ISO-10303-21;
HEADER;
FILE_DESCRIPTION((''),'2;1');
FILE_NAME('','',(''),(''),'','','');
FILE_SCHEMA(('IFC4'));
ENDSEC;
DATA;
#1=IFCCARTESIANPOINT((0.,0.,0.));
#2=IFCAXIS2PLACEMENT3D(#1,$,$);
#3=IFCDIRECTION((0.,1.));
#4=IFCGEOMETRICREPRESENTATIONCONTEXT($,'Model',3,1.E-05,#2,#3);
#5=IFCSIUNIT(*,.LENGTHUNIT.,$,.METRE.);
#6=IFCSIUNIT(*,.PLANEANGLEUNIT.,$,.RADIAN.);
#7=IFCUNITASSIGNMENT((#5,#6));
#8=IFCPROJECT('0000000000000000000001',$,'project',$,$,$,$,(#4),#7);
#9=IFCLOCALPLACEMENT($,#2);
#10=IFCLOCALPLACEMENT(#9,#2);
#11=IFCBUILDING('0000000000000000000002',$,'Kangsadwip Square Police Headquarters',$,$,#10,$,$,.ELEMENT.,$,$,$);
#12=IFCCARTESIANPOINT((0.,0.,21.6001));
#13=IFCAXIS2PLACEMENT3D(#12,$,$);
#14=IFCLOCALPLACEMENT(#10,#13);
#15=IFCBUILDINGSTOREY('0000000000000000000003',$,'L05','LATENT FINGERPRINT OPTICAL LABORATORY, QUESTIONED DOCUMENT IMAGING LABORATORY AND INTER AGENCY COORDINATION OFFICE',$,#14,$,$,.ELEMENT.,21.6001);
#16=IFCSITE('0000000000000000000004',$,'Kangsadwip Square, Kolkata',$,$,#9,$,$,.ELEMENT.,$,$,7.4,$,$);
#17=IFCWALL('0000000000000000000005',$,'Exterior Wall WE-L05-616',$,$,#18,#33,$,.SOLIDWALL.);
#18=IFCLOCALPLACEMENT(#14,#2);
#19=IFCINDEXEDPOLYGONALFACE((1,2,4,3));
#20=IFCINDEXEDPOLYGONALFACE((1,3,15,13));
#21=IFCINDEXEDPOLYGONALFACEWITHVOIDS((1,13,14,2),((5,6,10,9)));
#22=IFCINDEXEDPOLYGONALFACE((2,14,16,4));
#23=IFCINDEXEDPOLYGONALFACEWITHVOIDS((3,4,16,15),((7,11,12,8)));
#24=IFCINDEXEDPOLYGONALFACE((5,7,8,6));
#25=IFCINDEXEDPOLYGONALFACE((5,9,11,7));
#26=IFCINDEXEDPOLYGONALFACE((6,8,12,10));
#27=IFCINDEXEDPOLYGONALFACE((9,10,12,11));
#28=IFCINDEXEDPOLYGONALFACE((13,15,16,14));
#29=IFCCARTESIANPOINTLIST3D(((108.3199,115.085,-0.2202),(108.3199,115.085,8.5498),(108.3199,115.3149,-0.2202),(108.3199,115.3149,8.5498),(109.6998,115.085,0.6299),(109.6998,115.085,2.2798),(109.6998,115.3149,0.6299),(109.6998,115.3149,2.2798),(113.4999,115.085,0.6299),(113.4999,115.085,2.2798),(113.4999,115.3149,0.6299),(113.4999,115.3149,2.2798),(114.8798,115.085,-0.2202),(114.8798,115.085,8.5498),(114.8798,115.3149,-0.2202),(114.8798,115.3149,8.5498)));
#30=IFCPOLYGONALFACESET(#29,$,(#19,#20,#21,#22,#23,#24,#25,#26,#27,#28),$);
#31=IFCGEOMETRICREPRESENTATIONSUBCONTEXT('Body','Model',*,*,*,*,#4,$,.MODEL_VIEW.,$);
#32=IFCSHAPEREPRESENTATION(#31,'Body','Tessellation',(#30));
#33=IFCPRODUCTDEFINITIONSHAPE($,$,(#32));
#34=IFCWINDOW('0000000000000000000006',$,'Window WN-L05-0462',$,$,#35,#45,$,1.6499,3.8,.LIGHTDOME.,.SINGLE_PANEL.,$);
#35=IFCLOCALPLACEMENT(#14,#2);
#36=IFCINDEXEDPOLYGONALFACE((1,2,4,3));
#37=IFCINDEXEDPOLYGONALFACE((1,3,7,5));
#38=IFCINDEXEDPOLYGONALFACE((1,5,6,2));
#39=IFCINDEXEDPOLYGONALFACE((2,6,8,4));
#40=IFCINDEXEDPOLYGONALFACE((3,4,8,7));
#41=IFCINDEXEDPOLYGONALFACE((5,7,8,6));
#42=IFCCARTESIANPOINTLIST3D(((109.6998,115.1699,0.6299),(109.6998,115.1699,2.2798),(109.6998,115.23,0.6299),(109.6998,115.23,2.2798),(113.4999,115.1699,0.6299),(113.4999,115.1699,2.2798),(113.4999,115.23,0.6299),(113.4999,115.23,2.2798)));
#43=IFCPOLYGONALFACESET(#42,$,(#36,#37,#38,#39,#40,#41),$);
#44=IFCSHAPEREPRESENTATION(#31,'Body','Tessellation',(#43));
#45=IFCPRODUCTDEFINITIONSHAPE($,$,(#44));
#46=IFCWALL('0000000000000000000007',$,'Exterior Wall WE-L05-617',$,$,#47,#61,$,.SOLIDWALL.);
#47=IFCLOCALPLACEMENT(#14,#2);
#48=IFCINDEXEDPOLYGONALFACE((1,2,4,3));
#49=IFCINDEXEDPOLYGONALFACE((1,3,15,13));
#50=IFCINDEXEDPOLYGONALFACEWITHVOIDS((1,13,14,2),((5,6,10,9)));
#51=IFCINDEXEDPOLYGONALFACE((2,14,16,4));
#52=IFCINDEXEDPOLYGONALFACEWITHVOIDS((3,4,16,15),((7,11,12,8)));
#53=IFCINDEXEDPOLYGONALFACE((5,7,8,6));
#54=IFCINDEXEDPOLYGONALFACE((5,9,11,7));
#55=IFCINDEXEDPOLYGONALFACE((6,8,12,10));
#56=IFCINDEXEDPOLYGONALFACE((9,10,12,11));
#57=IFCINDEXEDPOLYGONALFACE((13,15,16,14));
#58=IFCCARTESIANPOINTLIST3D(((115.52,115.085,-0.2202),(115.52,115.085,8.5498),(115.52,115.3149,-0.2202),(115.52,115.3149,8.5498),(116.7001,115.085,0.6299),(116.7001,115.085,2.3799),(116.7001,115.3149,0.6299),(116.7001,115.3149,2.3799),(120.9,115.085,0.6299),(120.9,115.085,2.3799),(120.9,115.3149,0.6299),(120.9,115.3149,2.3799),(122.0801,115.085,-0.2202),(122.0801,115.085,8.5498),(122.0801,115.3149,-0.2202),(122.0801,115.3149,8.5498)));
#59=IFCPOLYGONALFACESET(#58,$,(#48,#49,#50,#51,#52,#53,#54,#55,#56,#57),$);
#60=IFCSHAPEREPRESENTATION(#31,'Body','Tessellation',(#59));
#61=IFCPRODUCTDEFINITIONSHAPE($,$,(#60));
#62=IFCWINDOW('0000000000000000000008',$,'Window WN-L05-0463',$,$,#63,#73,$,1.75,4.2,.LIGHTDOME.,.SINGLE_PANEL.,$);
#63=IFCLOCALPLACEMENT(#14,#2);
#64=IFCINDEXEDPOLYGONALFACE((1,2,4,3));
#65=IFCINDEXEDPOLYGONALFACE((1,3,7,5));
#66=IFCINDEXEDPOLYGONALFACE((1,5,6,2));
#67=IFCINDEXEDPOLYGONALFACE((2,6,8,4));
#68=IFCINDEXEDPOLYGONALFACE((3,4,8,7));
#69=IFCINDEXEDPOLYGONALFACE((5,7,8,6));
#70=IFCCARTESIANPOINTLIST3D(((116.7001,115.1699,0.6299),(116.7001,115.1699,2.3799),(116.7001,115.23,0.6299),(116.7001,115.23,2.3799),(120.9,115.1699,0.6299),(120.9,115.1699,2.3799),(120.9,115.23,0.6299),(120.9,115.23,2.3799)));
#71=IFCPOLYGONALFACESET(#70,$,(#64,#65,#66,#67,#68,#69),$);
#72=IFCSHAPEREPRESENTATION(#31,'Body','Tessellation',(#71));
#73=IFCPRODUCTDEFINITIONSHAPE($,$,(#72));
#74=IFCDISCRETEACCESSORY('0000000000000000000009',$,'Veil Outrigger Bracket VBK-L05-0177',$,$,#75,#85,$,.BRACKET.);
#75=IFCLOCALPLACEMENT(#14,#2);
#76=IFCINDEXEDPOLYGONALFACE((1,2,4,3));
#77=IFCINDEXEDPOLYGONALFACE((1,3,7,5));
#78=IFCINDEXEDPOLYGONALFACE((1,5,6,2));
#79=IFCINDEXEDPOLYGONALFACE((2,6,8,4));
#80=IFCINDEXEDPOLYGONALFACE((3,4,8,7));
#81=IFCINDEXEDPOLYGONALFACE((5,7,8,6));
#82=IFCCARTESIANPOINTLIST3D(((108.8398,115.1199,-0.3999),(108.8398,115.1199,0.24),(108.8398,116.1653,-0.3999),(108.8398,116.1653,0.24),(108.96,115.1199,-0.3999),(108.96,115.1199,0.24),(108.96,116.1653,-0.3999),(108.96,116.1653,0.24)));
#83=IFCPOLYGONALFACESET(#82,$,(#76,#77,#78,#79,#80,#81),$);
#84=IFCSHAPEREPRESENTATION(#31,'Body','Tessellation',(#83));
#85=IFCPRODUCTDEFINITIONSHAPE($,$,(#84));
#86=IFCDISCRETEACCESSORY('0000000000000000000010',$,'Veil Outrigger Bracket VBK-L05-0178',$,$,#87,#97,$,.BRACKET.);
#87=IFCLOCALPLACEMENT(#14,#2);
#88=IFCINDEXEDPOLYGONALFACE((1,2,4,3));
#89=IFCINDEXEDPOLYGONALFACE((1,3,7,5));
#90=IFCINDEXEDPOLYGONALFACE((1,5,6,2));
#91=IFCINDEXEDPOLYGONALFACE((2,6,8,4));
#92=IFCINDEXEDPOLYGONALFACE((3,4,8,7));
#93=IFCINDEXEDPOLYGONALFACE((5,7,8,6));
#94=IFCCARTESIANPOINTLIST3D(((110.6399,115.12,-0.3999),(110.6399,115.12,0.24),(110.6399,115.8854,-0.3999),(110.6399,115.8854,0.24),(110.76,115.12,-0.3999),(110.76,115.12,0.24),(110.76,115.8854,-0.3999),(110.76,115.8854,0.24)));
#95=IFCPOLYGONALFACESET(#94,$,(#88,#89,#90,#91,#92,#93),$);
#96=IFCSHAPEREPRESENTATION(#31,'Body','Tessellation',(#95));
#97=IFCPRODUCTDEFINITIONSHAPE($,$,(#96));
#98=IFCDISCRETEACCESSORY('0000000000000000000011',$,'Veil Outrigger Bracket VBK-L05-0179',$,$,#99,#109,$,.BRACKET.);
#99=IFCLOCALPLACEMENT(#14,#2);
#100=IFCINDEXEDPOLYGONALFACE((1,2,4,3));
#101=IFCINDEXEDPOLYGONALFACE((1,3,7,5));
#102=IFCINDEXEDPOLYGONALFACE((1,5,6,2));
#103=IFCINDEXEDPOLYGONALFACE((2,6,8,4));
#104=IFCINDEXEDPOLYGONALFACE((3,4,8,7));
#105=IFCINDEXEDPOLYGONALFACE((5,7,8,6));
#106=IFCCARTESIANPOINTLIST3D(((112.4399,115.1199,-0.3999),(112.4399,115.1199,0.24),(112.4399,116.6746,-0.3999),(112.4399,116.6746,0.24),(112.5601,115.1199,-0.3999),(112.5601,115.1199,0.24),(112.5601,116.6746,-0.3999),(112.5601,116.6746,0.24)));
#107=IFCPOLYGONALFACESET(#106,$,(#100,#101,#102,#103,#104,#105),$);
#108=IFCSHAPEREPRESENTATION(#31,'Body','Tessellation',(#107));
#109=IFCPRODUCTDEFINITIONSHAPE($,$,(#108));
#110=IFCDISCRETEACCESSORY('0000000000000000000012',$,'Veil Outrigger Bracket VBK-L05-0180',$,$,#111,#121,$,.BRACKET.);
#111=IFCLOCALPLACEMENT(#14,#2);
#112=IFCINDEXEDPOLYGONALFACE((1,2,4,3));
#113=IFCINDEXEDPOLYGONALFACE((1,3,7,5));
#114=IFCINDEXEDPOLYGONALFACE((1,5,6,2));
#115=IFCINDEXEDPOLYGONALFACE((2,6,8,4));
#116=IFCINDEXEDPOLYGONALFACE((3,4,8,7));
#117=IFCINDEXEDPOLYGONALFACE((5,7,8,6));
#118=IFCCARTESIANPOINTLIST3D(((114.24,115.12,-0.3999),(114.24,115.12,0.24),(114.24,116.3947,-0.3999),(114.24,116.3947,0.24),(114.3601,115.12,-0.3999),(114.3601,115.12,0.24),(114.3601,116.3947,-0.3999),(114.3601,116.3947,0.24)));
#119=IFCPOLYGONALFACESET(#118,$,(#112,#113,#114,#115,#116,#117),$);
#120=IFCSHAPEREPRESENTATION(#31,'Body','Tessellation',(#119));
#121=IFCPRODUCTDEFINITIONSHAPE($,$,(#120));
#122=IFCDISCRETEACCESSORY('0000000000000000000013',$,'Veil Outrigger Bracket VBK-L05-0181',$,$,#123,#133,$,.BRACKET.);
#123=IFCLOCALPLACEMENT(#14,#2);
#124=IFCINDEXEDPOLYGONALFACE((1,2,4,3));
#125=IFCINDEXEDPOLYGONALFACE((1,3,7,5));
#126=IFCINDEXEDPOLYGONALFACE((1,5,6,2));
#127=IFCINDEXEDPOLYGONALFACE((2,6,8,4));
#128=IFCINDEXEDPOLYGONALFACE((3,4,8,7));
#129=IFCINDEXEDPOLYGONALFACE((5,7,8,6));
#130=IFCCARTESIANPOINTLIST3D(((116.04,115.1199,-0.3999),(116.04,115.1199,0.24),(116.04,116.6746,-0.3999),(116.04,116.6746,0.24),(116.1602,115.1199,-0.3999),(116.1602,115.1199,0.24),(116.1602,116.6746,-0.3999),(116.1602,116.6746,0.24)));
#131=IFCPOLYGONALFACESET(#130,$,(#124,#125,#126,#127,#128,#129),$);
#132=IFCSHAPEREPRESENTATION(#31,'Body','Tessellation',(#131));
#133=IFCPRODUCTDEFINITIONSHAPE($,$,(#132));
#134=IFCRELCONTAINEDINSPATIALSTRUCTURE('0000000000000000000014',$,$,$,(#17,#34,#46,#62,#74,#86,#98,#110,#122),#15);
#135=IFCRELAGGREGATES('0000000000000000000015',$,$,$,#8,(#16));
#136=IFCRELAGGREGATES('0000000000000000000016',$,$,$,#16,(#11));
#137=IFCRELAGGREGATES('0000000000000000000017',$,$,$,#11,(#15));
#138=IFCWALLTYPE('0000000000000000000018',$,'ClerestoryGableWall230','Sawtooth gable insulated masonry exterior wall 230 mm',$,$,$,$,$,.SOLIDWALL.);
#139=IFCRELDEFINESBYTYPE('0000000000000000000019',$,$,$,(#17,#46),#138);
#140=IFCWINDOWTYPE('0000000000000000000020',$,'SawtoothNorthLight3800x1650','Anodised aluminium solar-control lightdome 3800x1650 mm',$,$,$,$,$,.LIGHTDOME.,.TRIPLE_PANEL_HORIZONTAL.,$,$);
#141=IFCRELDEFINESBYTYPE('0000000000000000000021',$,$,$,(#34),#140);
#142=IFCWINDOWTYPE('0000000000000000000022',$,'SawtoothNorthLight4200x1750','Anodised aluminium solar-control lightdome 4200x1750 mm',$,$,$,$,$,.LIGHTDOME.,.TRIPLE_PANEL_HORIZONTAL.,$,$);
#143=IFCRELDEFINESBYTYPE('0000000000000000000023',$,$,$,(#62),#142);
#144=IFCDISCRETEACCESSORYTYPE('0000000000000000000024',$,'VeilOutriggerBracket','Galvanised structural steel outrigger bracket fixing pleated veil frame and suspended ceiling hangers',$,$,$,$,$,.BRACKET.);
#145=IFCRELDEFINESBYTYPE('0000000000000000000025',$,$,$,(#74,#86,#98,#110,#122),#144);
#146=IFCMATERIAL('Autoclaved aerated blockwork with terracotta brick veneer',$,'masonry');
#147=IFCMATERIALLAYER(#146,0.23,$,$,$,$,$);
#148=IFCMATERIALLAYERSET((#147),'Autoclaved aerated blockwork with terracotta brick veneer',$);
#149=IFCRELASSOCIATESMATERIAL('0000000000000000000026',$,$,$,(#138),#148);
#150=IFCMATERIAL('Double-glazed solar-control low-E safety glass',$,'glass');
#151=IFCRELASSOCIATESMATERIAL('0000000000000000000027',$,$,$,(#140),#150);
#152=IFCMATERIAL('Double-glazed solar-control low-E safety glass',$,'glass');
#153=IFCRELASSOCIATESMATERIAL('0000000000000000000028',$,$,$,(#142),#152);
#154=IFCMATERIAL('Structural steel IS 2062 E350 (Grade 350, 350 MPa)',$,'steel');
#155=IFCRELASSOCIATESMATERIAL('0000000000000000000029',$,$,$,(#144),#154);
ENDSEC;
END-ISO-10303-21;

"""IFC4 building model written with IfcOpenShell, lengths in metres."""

from ifc_helpers import new_model, si_unit, direction, frame, frame_2d, origin, origin_2d, place, context, subcontext, project, spatial, rectangle, extrude, material, layer, layer_set, type_object, element, fill, save


model = new_model("IFC4")

# Units and contexts
model_context = context("Model", 3, precision=1e-05, world=origin(), true_north=direction((0.0, 1.0)))
body_context = subcontext(model_context, "Body", "Model", "MODEL_VIEW")
ifc_project = project(units=[si_unit("LENGTHUNIT", "METRE"), si_unit("PLANEANGLEUNIT", "RADIAN")], contexts=[model_context])

# Site, building, storey
site_placement = place(None, origin())
site = spatial("IfcSite", under=ifc_project, at=site_placement, Name="Kangsadwip Square, Kolkata", CompositionType="ELEMENT", RefElevation=7.4)
building_placement = place(site_placement, origin())
building = spatial("IfcBuilding", under=site, at=building_placement, Name="Kangsadwip Square Police Headquarters", CompositionType="ELEMENT")
storey_placement = place(building_placement, frame((0.0, 0.0, 21.6001)))
storey = spatial("IfcBuildingStorey", under=building, at=storey_placement, Name="L05", Description="LATENT FINGERPRINT OPTICAL LABORATORY, QUESTIONED DOCUMENT IMAGING LABORATORY AND INTER AGENCY COORDINATION OFFICE", CompositionType="ELEMENT", Elevation=21.6001)

# Walls, openings, windows
ifc_material_1 = material(Name="Autoclaved aerated blockwork with terracotta brick veneer", Category="masonry")
ifc_layer_1 = layer(ifc_material_1, 0.23)
ifc_layer_set_1 = layer_set([ifc_layer_1], Name="Autoclaved aerated blockwork with terracotta brick veneer")
wall_type = type_object("IfcWallType", Name="ClerestoryGableWall230", Description="Sawtooth gable insulated masonry exterior wall 230 mm", PredefinedType="SOLIDWALL", material=ifc_layer_set_1)
wall_1_placement = place(storey_placement, frame((108.3201, 115.2, -0.2202), z_axis=(0.0, 0.0, 1.0), x_axis=(1.0, 0.0, 0.0)))
wall_1 = element("IfcWall", 1, at=wall_1_placement, inside=storey, type_object=wall_type, Name="Exterior Wall WE-L05-616", PredefinedType="SOLIDWALL", context=body_context, shape_type="SweptSolid", body=[
    extrude(rectangle(XDim=6.5598, YDim=0.23, at=frame_2d((3.2798, 0.0))), origin(), (0.0, 0.0, 1.0), 8.77),
])
opening_1_placement = place(wall_1_placement, frame((1.3799, 0.0, 0.8501)))
opening_1 = element("IfcOpeningElement", 2, at=opening_1_placement, cuts=wall_1, PredefinedType="OPENING", context=body_context, shape_type="SweptSolid", body=[
    extrude(rectangle(XDim=3.8, YDim=1.6499, at=frame_2d((1.8999, 0.825))), frame((0.0, 0.125, 0.0), z_axis=(0.0, -1.0, 0.0), x_axis=(1.0, 0.0, 0.0)), (0.0, 0.0, 1.0), 0.25),
])
ifc_material_2 = material(Name="Double-glazed solar-control low-E safety glass", Category="glass")
window_type_1 = type_object("IfcWindowType", Name="SawtoothNorthLight3800x1650", Description="Anodised aluminium solar-control lightdome 3800x1650 mm", PartitioningType="TRIPLE_PANEL_HORIZONTAL", PredefinedType="LIGHTDOME", material=ifc_material_2)
window_1_placement = place(opening_1_placement, origin())
window_1 = element("IfcWindow", 3, at=window_1_placement, inside=storey, type_object=window_type_1, Name="Window WN-L05-0462", OverallHeight=1.6499, OverallWidth=3.8, PartitioningType="SINGLE_PANEL", PredefinedType="LIGHTDOME", context=body_context, shape_type="SweptSolid", body=[
    extrude(rectangle(XDim=3.8, YDim=1.6499, at=frame_2d((1.8999, 0.825))), frame((0.0, 0.03, 0.0), z_axis=(0.0, -1.0, 0.0), x_axis=(1.0, 0.0, 0.0)), (0.0, 0.0, 1.0), 0.0601),
])
fill(opening_1, window_1)
wall_2_placement = place(storey_placement, frame((115.52, 115.2, -0.2202), z_axis=(0.0, 0.0, 1.0), x_axis=(1.0, 0.0, 0.0)))
wall_2 = element("IfcWall", 4, at=wall_2_placement, inside=storey, type_object=wall_type, Name="Exterior Wall WE-L05-617", PredefinedType="SOLIDWALL", context=body_context, shape_type="SweptSolid", body=[
    extrude(rectangle(XDim=6.5601, YDim=0.23, at=frame_2d((3.28, 0.0))), origin(), (0.0, 0.0, 1.0), 8.77),
])
opening_2_placement = place(wall_2_placement, frame((1.1799, 0.0, 0.8501)))
opening_2 = element("IfcOpeningElement", 5, at=opening_2_placement, cuts=wall_2, PredefinedType="OPENING", context=body_context, shape_type="SweptSolid", body=[
    extrude(rectangle(XDim=4.2, YDim=1.75, at=frame_2d((2.1001, 0.875))), frame((0.0, 0.125, 0.0), z_axis=(0.0, -1.0, 0.0), x_axis=(1.0, 0.0, 0.0)), (0.0, 0.0, 1.0), 0.25),
])
ifc_material_3 = material(Name="Double-glazed solar-control low-E safety glass", Category="glass")
window_type_2 = type_object("IfcWindowType", Name="SawtoothNorthLight4200x1750", Description="Anodised aluminium solar-control lightdome 4200x1750 mm", PartitioningType="TRIPLE_PANEL_HORIZONTAL", PredefinedType="LIGHTDOME", material=ifc_material_3)
window_2_placement = place(opening_2_placement, origin())
window_2 = element("IfcWindow", 6, at=window_2_placement, inside=storey, type_object=window_type_2, Name="Window WN-L05-0463", OverallHeight=1.75, OverallWidth=4.2, PartitioningType="SINGLE_PANEL", PredefinedType="LIGHTDOME", context=body_context, shape_type="SweptSolid", body=[
    extrude(rectangle(XDim=4.2, YDim=1.75, at=frame_2d((2.1001, 0.875))), frame((0.0, 0.03, 0.0), z_axis=(0.0, -1.0, 0.0), x_axis=(1.0, 0.0, 0.0)), (0.0, 0.0, 1.0), 0.0601),
])
fill(opening_2, window_2)

# Discrete accessories
ifc_material_4 = material(Name="Structural steel IS 2062 E350 (Grade 350, 350 MPa)", Category="steel")
discrete_accessory_type = type_object("IfcDiscreteAccessoryType", Name="VeilOutriggerBracket", Description="Galvanised structural steel outrigger bracket fixing pleated veil frame and suspended ceiling hangers", PredefinedType="BRACKET", material=ifc_material_4)
discrete_accessory_1_placement = place(storey_placement, frame((108.8999, 115.6426, -0.3999), z_axis=(0.0, 0.0, 1.0), x_axis=(1.0, 0.0, 0.0)))
element("IfcDiscreteAccessory", 7, at=discrete_accessory_1_placement, inside=storey, type_object=discrete_accessory_type, Name="Veil Outrigger Bracket VBK-L05-0177", PredefinedType="BRACKET", context=body_context, shape_type="SweptSolid", body=[
    extrude(rectangle(XDim=0.1201, YDim=1.0454, at=origin_2d()), origin(), (0.0, 0.0, 1.0), 0.6399),
])
discrete_accessory_2_placement = place(storey_placement, frame((110.7, 115.5027, -0.3999), z_axis=(0.0, 0.0, 1.0), x_axis=(1.0, 0.0, 0.0)))
element("IfcDiscreteAccessory", 8, at=discrete_accessory_2_placement, inside=storey, type_object=discrete_accessory_type, Name="Veil Outrigger Bracket VBK-L05-0178", PredefinedType="BRACKET", context=body_context, shape_type="SweptSolid", body=[
    extrude(rectangle(XDim=0.1201, YDim=0.7654, at=origin_2d()), origin(), (0.0, 0.0, 1.0), 0.6399),
])
discrete_accessory_3_placement = place(storey_placement, frame((112.5, 115.8972, -0.3999), z_axis=(0.0, 0.0, 1.0), x_axis=(1.0, 0.0, 0.0)))
element("IfcDiscreteAccessory", 9, at=discrete_accessory_3_placement, inside=storey, type_object=discrete_accessory_type, Name="Veil Outrigger Bracket VBK-L05-0179", PredefinedType="BRACKET", context=body_context, shape_type="SweptSolid", body=[
    extrude(rectangle(XDim=0.1201, YDim=1.5547, at=origin_2d()), origin(), (0.0, 0.0, 1.0), 0.6399),
])
discrete_accessory_4_placement = place(storey_placement, frame((114.3, 115.7573, -0.3999), z_axis=(0.0, 0.0, 1.0), x_axis=(1.0, 0.0, 0.0)))
element("IfcDiscreteAccessory", 10, at=discrete_accessory_4_placement, inside=storey, type_object=discrete_accessory_type, Name="Veil Outrigger Bracket VBK-L05-0180", PredefinedType="BRACKET", context=body_context, shape_type="SweptSolid", body=[
    extrude(rectangle(XDim=0.1201, YDim=1.2747, at=origin_2d()), origin(), (0.0, 0.0, 1.0), 0.6399),
])
discrete_accessory_5_placement = place(storey_placement, frame((116.1001, 115.8972, -0.3999), z_axis=(0.0, 0.0, 1.0), x_axis=(1.0, 0.0, 0.0)))
element("IfcDiscreteAccessory", 11, at=discrete_accessory_5_placement, inside=storey, type_object=discrete_accessory_type, Name="Veil Outrigger Bracket VBK-L05-0181", PredefinedType="BRACKET", context=body_context, shape_type="SweptSolid", body=[
    extrude(rectangle(XDim=0.1201, YDim=1.5547, at=origin_2d()), origin(), (0.0, 0.0, 1.0), 0.6399),
])

save(model, "model.ifc")
